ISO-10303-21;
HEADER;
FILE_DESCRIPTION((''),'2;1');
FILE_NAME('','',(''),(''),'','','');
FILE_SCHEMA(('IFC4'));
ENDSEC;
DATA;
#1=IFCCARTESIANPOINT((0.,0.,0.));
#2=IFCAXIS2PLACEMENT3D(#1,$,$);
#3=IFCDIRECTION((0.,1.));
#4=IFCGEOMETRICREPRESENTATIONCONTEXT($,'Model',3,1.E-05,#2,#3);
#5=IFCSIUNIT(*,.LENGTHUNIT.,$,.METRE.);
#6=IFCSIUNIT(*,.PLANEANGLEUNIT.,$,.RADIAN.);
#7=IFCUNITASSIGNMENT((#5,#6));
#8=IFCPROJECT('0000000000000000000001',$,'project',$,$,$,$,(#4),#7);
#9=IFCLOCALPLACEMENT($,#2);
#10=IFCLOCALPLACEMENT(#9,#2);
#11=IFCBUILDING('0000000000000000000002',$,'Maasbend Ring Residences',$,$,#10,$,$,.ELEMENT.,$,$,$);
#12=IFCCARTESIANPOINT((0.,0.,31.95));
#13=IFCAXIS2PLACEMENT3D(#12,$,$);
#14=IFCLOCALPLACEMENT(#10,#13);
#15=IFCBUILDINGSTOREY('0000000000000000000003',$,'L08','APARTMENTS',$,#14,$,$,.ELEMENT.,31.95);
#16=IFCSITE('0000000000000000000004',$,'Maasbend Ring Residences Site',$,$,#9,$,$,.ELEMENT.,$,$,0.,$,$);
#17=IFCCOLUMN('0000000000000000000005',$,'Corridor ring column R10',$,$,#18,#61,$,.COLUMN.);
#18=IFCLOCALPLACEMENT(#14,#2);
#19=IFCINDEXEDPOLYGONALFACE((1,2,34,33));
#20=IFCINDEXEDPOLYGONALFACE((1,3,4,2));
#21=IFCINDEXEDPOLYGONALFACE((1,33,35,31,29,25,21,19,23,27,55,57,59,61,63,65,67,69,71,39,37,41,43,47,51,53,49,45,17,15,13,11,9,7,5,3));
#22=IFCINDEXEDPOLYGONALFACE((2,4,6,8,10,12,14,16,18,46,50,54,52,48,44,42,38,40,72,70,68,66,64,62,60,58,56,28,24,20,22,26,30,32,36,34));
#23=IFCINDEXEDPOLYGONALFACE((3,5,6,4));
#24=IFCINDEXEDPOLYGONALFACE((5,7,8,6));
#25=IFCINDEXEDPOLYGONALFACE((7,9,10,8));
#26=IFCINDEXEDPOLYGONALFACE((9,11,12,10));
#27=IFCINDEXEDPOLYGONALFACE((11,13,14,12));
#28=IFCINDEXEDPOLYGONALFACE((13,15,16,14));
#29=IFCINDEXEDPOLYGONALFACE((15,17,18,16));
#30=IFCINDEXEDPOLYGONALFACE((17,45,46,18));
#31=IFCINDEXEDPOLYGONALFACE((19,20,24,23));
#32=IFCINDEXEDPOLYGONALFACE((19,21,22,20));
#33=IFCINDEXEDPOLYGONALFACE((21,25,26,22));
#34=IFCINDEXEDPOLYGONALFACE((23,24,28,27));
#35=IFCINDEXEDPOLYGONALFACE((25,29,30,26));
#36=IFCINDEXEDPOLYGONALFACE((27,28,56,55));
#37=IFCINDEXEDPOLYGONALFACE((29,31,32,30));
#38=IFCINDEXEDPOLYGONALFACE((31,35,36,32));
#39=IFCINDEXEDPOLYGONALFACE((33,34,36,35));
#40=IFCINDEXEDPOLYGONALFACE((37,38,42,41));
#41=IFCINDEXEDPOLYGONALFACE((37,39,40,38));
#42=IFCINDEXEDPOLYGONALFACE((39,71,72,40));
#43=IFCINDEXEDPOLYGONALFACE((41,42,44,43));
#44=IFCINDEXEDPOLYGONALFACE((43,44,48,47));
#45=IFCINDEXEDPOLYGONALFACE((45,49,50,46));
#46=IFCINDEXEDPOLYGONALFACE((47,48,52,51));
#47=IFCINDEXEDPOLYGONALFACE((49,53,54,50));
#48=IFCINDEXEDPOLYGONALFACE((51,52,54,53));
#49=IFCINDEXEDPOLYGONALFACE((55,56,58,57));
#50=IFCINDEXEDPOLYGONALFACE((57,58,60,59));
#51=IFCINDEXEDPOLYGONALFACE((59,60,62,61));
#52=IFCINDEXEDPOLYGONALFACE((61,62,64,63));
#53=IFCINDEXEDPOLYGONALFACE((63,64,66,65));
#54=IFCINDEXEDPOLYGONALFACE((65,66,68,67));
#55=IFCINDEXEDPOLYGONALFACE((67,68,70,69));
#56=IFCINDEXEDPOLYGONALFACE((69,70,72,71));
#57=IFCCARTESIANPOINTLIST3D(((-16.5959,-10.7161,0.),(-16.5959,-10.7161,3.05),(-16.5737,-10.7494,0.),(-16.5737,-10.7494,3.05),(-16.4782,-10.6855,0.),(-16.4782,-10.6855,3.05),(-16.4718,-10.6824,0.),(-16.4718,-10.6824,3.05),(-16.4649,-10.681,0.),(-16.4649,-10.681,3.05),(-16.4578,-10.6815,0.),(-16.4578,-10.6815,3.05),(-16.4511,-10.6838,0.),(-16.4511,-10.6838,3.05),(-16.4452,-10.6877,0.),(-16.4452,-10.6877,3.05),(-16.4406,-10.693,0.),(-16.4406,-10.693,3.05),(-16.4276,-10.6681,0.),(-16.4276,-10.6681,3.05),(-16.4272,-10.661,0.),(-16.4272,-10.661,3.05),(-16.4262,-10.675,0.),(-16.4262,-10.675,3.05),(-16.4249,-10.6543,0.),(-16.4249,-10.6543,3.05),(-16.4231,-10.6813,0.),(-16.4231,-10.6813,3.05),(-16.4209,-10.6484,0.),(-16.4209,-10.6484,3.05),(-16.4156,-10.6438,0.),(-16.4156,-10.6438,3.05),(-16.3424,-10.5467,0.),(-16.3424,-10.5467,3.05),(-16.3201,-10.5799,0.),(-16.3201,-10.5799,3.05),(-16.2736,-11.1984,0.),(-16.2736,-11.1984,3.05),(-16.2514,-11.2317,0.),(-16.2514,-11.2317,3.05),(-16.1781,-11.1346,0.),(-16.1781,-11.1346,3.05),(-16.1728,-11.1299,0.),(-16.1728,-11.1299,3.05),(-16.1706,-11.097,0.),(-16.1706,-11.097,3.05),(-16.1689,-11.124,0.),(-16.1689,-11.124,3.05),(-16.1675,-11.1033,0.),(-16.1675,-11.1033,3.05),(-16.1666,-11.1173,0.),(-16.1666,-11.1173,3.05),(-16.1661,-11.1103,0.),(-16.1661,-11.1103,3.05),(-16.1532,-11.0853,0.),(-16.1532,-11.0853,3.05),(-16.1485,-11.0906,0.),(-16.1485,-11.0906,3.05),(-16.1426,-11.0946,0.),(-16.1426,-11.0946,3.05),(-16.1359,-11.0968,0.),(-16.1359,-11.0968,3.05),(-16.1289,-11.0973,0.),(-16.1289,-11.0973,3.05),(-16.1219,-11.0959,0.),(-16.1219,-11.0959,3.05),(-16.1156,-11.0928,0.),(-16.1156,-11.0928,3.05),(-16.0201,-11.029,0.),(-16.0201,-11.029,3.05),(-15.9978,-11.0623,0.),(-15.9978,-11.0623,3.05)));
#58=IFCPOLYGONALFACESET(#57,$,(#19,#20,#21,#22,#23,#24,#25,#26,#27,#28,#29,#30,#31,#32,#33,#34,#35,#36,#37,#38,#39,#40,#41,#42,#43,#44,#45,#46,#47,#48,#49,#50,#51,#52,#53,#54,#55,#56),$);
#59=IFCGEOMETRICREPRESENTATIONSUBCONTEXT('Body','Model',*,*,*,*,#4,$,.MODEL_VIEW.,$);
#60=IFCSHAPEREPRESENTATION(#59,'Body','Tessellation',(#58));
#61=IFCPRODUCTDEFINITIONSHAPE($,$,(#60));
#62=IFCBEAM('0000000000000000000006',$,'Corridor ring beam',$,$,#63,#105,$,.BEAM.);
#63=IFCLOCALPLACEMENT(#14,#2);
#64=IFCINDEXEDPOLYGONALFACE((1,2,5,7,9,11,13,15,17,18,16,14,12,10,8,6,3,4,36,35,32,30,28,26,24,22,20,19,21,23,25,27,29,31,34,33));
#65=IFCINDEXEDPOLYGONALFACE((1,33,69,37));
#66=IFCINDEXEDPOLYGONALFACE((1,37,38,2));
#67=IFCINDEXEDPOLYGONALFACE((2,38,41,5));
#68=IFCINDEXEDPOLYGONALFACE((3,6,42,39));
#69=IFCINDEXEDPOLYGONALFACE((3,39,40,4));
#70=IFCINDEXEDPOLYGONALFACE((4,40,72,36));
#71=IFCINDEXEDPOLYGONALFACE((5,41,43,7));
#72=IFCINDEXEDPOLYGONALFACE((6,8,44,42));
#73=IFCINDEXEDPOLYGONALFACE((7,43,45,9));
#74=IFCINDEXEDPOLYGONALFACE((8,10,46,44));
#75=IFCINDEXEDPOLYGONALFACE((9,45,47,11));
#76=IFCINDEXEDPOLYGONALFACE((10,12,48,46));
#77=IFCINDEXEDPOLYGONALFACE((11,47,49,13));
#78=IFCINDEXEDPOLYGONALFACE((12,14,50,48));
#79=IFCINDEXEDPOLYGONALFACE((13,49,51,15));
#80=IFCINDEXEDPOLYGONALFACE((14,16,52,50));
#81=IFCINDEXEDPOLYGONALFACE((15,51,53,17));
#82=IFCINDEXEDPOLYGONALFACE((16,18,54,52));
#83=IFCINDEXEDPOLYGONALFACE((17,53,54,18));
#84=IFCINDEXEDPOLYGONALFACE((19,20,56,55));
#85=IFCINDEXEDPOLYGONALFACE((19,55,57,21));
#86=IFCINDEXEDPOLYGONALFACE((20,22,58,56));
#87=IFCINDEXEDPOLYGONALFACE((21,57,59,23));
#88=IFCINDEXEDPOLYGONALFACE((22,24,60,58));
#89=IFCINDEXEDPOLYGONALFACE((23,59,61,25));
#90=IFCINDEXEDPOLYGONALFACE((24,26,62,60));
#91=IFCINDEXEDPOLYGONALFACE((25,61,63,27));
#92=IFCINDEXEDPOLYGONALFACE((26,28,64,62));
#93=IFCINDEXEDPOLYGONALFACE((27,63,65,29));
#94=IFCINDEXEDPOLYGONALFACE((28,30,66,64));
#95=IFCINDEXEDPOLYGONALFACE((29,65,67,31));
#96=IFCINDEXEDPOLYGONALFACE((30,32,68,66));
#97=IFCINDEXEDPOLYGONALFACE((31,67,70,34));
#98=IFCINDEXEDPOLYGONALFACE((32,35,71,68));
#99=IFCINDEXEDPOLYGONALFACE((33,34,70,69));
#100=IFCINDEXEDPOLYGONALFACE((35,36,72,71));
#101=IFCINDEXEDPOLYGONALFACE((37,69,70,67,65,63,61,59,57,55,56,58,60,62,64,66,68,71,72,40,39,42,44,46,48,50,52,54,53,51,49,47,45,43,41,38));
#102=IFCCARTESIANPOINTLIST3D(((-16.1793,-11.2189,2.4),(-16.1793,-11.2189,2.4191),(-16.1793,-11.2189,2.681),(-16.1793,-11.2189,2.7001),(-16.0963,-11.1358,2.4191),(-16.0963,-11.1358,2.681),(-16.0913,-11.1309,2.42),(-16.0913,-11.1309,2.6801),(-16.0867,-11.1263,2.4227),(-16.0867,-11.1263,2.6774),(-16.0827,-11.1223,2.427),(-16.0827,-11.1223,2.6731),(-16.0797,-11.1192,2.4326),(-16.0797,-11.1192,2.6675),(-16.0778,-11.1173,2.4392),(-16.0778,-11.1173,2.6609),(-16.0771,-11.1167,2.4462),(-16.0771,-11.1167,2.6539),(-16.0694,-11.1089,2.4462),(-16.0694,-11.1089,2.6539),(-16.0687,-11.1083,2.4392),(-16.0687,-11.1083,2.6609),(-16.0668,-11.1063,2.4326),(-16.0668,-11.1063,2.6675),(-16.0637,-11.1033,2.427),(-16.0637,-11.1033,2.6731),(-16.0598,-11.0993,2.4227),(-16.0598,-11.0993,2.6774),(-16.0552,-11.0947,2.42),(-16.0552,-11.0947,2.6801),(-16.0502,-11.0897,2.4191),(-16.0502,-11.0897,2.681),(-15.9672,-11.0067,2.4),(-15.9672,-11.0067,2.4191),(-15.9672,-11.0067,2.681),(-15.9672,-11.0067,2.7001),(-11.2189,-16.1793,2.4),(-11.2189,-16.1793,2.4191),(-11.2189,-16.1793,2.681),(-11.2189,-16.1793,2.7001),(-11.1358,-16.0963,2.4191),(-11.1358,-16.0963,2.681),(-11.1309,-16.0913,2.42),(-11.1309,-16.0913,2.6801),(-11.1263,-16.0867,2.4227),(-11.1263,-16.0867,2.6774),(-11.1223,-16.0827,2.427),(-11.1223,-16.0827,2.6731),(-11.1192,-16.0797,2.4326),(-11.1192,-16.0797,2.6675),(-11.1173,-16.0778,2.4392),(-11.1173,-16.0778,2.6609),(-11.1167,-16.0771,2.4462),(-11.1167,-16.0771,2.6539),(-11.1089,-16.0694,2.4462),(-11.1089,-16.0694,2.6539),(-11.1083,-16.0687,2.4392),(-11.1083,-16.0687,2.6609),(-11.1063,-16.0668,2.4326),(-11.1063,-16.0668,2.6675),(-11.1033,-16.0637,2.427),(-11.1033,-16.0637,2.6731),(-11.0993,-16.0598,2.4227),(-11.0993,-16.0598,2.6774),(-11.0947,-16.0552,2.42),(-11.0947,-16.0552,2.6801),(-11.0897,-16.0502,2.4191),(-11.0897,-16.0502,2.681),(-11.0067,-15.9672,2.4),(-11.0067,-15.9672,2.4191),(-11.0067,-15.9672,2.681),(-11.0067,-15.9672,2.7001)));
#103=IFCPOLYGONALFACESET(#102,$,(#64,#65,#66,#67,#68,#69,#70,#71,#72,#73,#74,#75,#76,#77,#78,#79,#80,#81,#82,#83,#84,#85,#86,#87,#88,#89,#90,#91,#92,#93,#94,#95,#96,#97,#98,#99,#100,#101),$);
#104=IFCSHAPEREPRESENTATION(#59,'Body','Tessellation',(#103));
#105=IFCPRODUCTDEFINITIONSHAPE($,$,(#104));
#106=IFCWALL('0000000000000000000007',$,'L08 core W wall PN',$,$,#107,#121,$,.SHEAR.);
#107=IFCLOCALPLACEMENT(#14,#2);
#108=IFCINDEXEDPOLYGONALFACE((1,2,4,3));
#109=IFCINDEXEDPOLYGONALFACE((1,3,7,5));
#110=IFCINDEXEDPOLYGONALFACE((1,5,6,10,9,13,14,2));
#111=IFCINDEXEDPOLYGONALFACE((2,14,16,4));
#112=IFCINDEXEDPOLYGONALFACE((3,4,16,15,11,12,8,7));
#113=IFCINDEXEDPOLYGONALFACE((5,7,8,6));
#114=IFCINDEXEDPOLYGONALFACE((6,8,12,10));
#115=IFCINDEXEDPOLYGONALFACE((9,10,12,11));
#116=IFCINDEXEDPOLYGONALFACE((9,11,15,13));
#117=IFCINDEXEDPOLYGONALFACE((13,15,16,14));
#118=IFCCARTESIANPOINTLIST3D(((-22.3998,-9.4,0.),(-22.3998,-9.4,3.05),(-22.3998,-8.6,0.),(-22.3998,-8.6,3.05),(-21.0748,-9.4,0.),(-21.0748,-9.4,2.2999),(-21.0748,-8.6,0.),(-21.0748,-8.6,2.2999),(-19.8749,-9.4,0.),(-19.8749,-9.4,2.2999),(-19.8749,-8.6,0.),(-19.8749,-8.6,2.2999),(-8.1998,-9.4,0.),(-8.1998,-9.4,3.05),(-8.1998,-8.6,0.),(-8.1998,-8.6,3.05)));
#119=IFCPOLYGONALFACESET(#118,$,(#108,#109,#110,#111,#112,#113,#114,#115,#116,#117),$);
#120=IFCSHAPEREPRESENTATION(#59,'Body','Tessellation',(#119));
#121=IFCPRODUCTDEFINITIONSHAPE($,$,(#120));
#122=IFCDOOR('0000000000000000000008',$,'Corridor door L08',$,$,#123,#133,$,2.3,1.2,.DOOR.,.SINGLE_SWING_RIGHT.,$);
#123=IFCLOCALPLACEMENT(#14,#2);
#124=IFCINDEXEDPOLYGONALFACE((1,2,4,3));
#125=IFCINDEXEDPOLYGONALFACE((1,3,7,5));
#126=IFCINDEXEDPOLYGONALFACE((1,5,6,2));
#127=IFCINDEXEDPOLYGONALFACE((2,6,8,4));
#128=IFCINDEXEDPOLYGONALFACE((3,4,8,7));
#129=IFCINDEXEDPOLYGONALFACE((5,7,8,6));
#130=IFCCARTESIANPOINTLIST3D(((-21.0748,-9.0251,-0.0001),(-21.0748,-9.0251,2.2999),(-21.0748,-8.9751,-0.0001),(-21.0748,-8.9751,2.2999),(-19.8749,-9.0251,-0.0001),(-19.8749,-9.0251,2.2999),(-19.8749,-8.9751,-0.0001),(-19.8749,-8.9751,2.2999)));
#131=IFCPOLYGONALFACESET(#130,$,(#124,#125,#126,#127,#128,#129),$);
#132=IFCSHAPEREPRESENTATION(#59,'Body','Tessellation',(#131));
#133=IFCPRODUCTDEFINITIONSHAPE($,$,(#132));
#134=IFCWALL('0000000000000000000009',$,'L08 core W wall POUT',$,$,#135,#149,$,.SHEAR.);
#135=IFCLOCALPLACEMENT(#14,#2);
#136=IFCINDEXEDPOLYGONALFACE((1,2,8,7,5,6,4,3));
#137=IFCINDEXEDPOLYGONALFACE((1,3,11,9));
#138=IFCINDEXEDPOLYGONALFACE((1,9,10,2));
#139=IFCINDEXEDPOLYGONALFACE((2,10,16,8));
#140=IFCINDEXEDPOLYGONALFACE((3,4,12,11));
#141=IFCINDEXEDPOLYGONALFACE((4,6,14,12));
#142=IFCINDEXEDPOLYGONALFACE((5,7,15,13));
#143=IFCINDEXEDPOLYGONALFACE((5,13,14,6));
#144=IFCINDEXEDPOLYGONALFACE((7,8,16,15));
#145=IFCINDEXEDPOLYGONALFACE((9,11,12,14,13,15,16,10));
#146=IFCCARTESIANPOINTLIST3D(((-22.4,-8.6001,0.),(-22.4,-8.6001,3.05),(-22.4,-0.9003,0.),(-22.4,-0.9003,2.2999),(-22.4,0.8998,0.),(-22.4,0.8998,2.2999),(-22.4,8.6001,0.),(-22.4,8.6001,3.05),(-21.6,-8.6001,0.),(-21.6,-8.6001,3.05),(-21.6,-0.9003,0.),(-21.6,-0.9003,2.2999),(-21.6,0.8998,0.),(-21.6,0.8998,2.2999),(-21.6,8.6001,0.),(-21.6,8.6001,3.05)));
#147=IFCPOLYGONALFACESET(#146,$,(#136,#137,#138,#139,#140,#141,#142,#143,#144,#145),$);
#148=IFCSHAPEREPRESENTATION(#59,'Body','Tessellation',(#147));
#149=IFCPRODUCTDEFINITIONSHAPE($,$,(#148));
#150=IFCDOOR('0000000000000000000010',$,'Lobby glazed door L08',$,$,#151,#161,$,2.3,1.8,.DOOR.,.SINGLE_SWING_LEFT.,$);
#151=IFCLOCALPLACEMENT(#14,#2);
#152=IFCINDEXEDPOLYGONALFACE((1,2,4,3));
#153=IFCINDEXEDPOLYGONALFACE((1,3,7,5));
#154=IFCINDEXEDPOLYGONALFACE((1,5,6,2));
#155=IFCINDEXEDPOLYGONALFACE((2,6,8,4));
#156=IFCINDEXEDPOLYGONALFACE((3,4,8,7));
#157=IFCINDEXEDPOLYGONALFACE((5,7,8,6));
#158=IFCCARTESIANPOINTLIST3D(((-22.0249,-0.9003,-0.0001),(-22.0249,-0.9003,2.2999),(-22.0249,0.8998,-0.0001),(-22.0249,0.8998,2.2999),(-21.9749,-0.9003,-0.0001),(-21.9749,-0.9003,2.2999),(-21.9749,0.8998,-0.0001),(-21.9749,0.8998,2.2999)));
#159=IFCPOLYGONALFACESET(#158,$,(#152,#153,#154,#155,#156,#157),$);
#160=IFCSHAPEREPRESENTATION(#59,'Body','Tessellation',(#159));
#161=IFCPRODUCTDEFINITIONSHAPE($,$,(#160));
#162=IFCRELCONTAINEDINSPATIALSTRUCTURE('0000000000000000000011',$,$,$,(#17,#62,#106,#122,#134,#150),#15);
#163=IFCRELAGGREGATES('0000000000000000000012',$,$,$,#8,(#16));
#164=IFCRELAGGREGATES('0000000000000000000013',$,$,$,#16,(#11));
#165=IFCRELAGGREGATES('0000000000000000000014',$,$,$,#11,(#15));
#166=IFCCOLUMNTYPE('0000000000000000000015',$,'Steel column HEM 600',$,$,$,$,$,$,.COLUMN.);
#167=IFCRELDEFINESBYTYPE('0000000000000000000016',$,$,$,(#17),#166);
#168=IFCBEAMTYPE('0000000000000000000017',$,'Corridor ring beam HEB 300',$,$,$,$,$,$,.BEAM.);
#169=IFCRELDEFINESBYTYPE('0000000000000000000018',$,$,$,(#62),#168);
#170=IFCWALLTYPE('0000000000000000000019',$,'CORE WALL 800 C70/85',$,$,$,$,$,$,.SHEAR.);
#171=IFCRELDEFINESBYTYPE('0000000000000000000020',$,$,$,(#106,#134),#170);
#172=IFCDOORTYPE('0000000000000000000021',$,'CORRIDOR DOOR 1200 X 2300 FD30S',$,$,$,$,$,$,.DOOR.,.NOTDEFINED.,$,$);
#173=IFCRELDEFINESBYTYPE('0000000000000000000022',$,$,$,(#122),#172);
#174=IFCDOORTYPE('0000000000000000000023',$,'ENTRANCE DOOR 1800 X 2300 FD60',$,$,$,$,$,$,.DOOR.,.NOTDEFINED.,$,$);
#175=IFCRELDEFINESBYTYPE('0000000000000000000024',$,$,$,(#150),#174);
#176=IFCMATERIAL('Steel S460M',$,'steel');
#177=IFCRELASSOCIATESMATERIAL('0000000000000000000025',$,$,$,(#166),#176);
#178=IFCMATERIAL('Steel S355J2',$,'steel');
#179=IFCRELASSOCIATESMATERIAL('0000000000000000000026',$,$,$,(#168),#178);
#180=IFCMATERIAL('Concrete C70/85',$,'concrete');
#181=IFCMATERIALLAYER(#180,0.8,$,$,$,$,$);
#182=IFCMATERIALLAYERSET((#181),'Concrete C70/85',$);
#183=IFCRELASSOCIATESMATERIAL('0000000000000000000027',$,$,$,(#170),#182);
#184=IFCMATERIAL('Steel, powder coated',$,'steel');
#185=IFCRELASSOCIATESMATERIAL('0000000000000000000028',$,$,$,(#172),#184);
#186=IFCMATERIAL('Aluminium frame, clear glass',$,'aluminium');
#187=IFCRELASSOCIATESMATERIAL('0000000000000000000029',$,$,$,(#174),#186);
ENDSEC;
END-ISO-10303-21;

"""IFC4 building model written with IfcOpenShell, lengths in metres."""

from ifc_helpers import new_model, si_unit, direction, frame, frame_2d, origin, origin_2d, place, context, subcontext, project, spatial, rectangle, i_section, extrude, material, layer, layer_set, material_profile, profile_set, type_object, element, fill, save


model = new_model("IFC4")

# Units and contexts
model_context = context("Model", 3, precision=1e-05, world=origin(), true_north=direction((0.0, 1.0)))
body_context = subcontext(model_context, "Body", "Model", "MODEL_VIEW")
ifc_project = project(units=[si_unit("LENGTHUNIT", "METRE"), si_unit("PLANEANGLEUNIT", "RADIAN")], contexts=[model_context])

# Site, building, storey
site_placement = place(None, origin())
site = spatial("IfcSite", under=ifc_project, at=site_placement, Name="Maasbend Ring Residences Site", CompositionType="ELEMENT", RefElevation=0.0)
building_placement = place(site_placement, origin())
building = spatial("IfcBuilding", under=site, at=building_placement, Name="Maasbend Ring Residences", CompositionType="ELEMENT")
storey_placement = place(building_placement, frame((0.0, 0.0, 31.95)))
storey = spatial("IfcBuildingStorey", under=building, at=storey_placement, Name="L08", Description="APARTMENTS", CompositionType="ELEMENT", Elevation=31.95)

# Column
ifc_material_1 = material(Name="Steel S460M", Category="steel")
ifc_material_profile_1 = material_profile(ifc_material_1, i_section(OverallWidth=0.3049, OverallDepth=0.6201, WebThickness=0.021, FlangeThickness=0.04, FilletRadius=0.0271, at=origin_2d()), Name="HEM 600")
ifc_profile_set_1 = profile_set([ifc_material_profile_1], Name="Steel S460M")
column_type = type_object("IfcColumnType", Name="Steel column HEM 600", PredefinedType="COLUMN", material=ifc_profile_set_1)
column_placement = place(storey_placement, frame((-16.2969, -10.8892, 0.0), z_axis=(0.0, 0.0, 1.0), x_axis=(-0.83147, -0.55557, 0.0)))
element("IfcColumn", 1, at=column_placement, inside=storey, type_object=column_type, Name="Corridor ring column R10", PredefinedType="COLUMN", context=body_context, shape_type="SweptSolid", body=[
    extrude(i_section(OverallWidth=0.3049, OverallDepth=0.6201, WebThickness=0.021, FlangeThickness=0.04, FilletRadius=0.0271, at=origin_2d()), origin(), (0.0, 0.0, 1.0), 3.05),
])

# Beam
ifc_material_2 = material(Name="Steel S355J2", Category="steel")
ifc_material_profile_2 = material_profile(ifc_material_2, i_section(OverallWidth=0.3, OverallDepth=0.3, WebThickness=0.011, FlangeThickness=0.019, FilletRadius=0.0271, at=origin_2d()), Name="HEB 300")
ifc_profile_set_2 = profile_set([ifc_material_profile_2], Name="Steel S355J2")
beam_type = type_object("IfcBeamType", Name="Corridor ring beam HEB 300", PredefinedType="BEAM", material=ifc_profile_set_2)
beam_placement = place(storey_placement, frame((-16.0732, -11.1128, 2.55), z_axis=(0.707107, -0.707107, 0.0), x_axis=(0.707107, 0.707107, 0.0)))
element("IfcBeam", 2, at=beam_placement, inside=storey, type_object=beam_type, Name="Corridor ring beam", PredefinedType="BEAM", context=body_context, shape_type="SweptSolid", body=[
    extrude(i_section(OverallWidth=0.3, OverallDepth=0.3, WebThickness=0.011, FlangeThickness=0.019, FilletRadius=0.0271, at=origin_2d()), origin(), (0.0, 0.0, 1.0), 7.0151),
])

# Walls, openings, doors
ifc_material_3 = material(Name="Concrete C70/85", Category="concrete")
ifc_layer_1 = layer(ifc_material_3, 0.8)
ifc_layer_set_1 = layer_set([ifc_layer_1], Name="Concrete C70/85")
wall_type_1 = type_object("IfcWallType", Name="CORE WALL 800 C70/85", PredefinedType="SHEAR", material=ifc_layer_set_1)
wall_1_placement = place(storey_placement, frame((-22.3999, -9.0, 0.0), z_axis=(0.0, 0.0, 1.0), x_axis=(1.0, 0.0, 0.0)))
wall_1 = element("IfcWall", 3, at=wall_1_placement, inside=storey, type_object=wall_type_1, Name="L08 core W wall PN", PredefinedType="SHEAR", context=body_context, shape_type="SweptSolid", body=[
    extrude(rectangle(XDim=14.2, YDim=0.8, at=frame_2d((7.1001, 0.0))), origin(), (0.0, 0.0, 1.0), 3.05),
])
opening_1_placement = place(wall_1_placement, frame((1.325, 0.0, 0.0)))
opening_1 = element("IfcOpeningElement", 4, at=opening_1_placement, cuts=wall_1, PredefinedType="OPENING", context=body_context, shape_type="SweptSolid", body=[
    extrude(rectangle(XDim=1.2, YDim=2.3, at=frame_2d((0.6001, 1.1499))), frame((0.0, 0.4102, 0.0), z_axis=(0.0, -1.0, 0.0), x_axis=(1.0, 0.0, 0.0)), (0.0, 0.0, 1.0), 0.8201),
])
ifc_material_4 = material(Name="Steel, powder coated", Category="steel")
door_type_1 = type_object("IfcDoorType", Name="CORRIDOR DOOR 1200 X 2300 FD30S", OperationType="NOTDEFINED", PredefinedType="DOOR", material=ifc_material_4)
door_1_placement = place(opening_1_placement, origin())
door_1 = element("IfcDoor", 5, at=door_1_placement, inside=storey, type_object=door_type_1, Name="Corridor door L08", OperationType="SINGLE_SWING_RIGHT", OverallHeight=2.3, OverallWidth=1.2, PredefinedType="DOOR", context=body_context, shape_type="SweptSolid", body=[
    extrude(rectangle(XDim=1.2, YDim=2.3, at=frame_2d((0.6001, 1.1499))), frame((0.0, 0.0249, 0.0), z_axis=(0.0, -1.0, 0.0), x_axis=(1.0, 0.0, 0.0)), (0.0, 0.0, 1.0), 0.05),
])
fill(opening_1, door_1)
wall_2_placement = place(storey_placement, frame((-22.0, -8.6001, 0.0), z_axis=(0.0, 0.0, 1.0), x_axis=(0.0, 1.0, 0.0)))
wall_2 = element("IfcWall", 6, at=wall_2_placement, inside=storey, type_object=wall_type_1, Name="L08 core W wall POUT", PredefinedType="SHEAR", context=body_context, shape_type="SweptSolid", body=[
    extrude(rectangle(XDim=17.2002, YDim=0.8, at=frame_2d((8.6001, 0.0))), origin(), (0.0, 0.0, 1.0), 3.05),
])
opening_2_placement = place(wall_2_placement, frame((7.7, 0.0, 0.0)))
opening_2 = element("IfcOpeningElement", 7, at=opening_2_placement, cuts=wall_2, PredefinedType="OPENING", context=body_context, shape_type="SweptSolid", body=[
    extrude(rectangle(XDim=1.8, YDim=2.3, at=frame_2d((0.8999, 1.1499))), frame((0.0, 0.4102, 0.0), z_axis=(0.0, -1.0, 0.0), x_axis=(1.0, 0.0, 0.0)), (0.0, 0.0, 1.0), 0.8201),
])
ifc_material_5 = material(Name="Aluminium frame, clear glass", Category="aluminium")
door_type_2 = type_object("IfcDoorType", Name="ENTRANCE DOOR 1800 X 2300 FD60", OperationType="NOTDEFINED", PredefinedType="DOOR", material=ifc_material_5)
door_2_placement = place(opening_2_placement, origin())
door_2 = element("IfcDoor", 8, at=door_2_placement, inside=storey, type_object=door_type_2, Name="Lobby glazed door L08", OperationType="SINGLE_SWING_LEFT", OverallHeight=2.3, OverallWidth=1.8, PredefinedType="DOOR", context=body_context, shape_type="SweptSolid", body=[
    extrude(rectangle(XDim=1.8, YDim=2.3, at=frame_2d((0.8999, 1.1499))), frame((0.0, 0.0249, 0.0), z_axis=(0.0, -1.0, 0.0), x_axis=(1.0, 0.0, 0.0)), (0.0, 0.0, 1.0), 0.05),
])
fill(opening_2, door_2)

save(model, "model.ifc")
